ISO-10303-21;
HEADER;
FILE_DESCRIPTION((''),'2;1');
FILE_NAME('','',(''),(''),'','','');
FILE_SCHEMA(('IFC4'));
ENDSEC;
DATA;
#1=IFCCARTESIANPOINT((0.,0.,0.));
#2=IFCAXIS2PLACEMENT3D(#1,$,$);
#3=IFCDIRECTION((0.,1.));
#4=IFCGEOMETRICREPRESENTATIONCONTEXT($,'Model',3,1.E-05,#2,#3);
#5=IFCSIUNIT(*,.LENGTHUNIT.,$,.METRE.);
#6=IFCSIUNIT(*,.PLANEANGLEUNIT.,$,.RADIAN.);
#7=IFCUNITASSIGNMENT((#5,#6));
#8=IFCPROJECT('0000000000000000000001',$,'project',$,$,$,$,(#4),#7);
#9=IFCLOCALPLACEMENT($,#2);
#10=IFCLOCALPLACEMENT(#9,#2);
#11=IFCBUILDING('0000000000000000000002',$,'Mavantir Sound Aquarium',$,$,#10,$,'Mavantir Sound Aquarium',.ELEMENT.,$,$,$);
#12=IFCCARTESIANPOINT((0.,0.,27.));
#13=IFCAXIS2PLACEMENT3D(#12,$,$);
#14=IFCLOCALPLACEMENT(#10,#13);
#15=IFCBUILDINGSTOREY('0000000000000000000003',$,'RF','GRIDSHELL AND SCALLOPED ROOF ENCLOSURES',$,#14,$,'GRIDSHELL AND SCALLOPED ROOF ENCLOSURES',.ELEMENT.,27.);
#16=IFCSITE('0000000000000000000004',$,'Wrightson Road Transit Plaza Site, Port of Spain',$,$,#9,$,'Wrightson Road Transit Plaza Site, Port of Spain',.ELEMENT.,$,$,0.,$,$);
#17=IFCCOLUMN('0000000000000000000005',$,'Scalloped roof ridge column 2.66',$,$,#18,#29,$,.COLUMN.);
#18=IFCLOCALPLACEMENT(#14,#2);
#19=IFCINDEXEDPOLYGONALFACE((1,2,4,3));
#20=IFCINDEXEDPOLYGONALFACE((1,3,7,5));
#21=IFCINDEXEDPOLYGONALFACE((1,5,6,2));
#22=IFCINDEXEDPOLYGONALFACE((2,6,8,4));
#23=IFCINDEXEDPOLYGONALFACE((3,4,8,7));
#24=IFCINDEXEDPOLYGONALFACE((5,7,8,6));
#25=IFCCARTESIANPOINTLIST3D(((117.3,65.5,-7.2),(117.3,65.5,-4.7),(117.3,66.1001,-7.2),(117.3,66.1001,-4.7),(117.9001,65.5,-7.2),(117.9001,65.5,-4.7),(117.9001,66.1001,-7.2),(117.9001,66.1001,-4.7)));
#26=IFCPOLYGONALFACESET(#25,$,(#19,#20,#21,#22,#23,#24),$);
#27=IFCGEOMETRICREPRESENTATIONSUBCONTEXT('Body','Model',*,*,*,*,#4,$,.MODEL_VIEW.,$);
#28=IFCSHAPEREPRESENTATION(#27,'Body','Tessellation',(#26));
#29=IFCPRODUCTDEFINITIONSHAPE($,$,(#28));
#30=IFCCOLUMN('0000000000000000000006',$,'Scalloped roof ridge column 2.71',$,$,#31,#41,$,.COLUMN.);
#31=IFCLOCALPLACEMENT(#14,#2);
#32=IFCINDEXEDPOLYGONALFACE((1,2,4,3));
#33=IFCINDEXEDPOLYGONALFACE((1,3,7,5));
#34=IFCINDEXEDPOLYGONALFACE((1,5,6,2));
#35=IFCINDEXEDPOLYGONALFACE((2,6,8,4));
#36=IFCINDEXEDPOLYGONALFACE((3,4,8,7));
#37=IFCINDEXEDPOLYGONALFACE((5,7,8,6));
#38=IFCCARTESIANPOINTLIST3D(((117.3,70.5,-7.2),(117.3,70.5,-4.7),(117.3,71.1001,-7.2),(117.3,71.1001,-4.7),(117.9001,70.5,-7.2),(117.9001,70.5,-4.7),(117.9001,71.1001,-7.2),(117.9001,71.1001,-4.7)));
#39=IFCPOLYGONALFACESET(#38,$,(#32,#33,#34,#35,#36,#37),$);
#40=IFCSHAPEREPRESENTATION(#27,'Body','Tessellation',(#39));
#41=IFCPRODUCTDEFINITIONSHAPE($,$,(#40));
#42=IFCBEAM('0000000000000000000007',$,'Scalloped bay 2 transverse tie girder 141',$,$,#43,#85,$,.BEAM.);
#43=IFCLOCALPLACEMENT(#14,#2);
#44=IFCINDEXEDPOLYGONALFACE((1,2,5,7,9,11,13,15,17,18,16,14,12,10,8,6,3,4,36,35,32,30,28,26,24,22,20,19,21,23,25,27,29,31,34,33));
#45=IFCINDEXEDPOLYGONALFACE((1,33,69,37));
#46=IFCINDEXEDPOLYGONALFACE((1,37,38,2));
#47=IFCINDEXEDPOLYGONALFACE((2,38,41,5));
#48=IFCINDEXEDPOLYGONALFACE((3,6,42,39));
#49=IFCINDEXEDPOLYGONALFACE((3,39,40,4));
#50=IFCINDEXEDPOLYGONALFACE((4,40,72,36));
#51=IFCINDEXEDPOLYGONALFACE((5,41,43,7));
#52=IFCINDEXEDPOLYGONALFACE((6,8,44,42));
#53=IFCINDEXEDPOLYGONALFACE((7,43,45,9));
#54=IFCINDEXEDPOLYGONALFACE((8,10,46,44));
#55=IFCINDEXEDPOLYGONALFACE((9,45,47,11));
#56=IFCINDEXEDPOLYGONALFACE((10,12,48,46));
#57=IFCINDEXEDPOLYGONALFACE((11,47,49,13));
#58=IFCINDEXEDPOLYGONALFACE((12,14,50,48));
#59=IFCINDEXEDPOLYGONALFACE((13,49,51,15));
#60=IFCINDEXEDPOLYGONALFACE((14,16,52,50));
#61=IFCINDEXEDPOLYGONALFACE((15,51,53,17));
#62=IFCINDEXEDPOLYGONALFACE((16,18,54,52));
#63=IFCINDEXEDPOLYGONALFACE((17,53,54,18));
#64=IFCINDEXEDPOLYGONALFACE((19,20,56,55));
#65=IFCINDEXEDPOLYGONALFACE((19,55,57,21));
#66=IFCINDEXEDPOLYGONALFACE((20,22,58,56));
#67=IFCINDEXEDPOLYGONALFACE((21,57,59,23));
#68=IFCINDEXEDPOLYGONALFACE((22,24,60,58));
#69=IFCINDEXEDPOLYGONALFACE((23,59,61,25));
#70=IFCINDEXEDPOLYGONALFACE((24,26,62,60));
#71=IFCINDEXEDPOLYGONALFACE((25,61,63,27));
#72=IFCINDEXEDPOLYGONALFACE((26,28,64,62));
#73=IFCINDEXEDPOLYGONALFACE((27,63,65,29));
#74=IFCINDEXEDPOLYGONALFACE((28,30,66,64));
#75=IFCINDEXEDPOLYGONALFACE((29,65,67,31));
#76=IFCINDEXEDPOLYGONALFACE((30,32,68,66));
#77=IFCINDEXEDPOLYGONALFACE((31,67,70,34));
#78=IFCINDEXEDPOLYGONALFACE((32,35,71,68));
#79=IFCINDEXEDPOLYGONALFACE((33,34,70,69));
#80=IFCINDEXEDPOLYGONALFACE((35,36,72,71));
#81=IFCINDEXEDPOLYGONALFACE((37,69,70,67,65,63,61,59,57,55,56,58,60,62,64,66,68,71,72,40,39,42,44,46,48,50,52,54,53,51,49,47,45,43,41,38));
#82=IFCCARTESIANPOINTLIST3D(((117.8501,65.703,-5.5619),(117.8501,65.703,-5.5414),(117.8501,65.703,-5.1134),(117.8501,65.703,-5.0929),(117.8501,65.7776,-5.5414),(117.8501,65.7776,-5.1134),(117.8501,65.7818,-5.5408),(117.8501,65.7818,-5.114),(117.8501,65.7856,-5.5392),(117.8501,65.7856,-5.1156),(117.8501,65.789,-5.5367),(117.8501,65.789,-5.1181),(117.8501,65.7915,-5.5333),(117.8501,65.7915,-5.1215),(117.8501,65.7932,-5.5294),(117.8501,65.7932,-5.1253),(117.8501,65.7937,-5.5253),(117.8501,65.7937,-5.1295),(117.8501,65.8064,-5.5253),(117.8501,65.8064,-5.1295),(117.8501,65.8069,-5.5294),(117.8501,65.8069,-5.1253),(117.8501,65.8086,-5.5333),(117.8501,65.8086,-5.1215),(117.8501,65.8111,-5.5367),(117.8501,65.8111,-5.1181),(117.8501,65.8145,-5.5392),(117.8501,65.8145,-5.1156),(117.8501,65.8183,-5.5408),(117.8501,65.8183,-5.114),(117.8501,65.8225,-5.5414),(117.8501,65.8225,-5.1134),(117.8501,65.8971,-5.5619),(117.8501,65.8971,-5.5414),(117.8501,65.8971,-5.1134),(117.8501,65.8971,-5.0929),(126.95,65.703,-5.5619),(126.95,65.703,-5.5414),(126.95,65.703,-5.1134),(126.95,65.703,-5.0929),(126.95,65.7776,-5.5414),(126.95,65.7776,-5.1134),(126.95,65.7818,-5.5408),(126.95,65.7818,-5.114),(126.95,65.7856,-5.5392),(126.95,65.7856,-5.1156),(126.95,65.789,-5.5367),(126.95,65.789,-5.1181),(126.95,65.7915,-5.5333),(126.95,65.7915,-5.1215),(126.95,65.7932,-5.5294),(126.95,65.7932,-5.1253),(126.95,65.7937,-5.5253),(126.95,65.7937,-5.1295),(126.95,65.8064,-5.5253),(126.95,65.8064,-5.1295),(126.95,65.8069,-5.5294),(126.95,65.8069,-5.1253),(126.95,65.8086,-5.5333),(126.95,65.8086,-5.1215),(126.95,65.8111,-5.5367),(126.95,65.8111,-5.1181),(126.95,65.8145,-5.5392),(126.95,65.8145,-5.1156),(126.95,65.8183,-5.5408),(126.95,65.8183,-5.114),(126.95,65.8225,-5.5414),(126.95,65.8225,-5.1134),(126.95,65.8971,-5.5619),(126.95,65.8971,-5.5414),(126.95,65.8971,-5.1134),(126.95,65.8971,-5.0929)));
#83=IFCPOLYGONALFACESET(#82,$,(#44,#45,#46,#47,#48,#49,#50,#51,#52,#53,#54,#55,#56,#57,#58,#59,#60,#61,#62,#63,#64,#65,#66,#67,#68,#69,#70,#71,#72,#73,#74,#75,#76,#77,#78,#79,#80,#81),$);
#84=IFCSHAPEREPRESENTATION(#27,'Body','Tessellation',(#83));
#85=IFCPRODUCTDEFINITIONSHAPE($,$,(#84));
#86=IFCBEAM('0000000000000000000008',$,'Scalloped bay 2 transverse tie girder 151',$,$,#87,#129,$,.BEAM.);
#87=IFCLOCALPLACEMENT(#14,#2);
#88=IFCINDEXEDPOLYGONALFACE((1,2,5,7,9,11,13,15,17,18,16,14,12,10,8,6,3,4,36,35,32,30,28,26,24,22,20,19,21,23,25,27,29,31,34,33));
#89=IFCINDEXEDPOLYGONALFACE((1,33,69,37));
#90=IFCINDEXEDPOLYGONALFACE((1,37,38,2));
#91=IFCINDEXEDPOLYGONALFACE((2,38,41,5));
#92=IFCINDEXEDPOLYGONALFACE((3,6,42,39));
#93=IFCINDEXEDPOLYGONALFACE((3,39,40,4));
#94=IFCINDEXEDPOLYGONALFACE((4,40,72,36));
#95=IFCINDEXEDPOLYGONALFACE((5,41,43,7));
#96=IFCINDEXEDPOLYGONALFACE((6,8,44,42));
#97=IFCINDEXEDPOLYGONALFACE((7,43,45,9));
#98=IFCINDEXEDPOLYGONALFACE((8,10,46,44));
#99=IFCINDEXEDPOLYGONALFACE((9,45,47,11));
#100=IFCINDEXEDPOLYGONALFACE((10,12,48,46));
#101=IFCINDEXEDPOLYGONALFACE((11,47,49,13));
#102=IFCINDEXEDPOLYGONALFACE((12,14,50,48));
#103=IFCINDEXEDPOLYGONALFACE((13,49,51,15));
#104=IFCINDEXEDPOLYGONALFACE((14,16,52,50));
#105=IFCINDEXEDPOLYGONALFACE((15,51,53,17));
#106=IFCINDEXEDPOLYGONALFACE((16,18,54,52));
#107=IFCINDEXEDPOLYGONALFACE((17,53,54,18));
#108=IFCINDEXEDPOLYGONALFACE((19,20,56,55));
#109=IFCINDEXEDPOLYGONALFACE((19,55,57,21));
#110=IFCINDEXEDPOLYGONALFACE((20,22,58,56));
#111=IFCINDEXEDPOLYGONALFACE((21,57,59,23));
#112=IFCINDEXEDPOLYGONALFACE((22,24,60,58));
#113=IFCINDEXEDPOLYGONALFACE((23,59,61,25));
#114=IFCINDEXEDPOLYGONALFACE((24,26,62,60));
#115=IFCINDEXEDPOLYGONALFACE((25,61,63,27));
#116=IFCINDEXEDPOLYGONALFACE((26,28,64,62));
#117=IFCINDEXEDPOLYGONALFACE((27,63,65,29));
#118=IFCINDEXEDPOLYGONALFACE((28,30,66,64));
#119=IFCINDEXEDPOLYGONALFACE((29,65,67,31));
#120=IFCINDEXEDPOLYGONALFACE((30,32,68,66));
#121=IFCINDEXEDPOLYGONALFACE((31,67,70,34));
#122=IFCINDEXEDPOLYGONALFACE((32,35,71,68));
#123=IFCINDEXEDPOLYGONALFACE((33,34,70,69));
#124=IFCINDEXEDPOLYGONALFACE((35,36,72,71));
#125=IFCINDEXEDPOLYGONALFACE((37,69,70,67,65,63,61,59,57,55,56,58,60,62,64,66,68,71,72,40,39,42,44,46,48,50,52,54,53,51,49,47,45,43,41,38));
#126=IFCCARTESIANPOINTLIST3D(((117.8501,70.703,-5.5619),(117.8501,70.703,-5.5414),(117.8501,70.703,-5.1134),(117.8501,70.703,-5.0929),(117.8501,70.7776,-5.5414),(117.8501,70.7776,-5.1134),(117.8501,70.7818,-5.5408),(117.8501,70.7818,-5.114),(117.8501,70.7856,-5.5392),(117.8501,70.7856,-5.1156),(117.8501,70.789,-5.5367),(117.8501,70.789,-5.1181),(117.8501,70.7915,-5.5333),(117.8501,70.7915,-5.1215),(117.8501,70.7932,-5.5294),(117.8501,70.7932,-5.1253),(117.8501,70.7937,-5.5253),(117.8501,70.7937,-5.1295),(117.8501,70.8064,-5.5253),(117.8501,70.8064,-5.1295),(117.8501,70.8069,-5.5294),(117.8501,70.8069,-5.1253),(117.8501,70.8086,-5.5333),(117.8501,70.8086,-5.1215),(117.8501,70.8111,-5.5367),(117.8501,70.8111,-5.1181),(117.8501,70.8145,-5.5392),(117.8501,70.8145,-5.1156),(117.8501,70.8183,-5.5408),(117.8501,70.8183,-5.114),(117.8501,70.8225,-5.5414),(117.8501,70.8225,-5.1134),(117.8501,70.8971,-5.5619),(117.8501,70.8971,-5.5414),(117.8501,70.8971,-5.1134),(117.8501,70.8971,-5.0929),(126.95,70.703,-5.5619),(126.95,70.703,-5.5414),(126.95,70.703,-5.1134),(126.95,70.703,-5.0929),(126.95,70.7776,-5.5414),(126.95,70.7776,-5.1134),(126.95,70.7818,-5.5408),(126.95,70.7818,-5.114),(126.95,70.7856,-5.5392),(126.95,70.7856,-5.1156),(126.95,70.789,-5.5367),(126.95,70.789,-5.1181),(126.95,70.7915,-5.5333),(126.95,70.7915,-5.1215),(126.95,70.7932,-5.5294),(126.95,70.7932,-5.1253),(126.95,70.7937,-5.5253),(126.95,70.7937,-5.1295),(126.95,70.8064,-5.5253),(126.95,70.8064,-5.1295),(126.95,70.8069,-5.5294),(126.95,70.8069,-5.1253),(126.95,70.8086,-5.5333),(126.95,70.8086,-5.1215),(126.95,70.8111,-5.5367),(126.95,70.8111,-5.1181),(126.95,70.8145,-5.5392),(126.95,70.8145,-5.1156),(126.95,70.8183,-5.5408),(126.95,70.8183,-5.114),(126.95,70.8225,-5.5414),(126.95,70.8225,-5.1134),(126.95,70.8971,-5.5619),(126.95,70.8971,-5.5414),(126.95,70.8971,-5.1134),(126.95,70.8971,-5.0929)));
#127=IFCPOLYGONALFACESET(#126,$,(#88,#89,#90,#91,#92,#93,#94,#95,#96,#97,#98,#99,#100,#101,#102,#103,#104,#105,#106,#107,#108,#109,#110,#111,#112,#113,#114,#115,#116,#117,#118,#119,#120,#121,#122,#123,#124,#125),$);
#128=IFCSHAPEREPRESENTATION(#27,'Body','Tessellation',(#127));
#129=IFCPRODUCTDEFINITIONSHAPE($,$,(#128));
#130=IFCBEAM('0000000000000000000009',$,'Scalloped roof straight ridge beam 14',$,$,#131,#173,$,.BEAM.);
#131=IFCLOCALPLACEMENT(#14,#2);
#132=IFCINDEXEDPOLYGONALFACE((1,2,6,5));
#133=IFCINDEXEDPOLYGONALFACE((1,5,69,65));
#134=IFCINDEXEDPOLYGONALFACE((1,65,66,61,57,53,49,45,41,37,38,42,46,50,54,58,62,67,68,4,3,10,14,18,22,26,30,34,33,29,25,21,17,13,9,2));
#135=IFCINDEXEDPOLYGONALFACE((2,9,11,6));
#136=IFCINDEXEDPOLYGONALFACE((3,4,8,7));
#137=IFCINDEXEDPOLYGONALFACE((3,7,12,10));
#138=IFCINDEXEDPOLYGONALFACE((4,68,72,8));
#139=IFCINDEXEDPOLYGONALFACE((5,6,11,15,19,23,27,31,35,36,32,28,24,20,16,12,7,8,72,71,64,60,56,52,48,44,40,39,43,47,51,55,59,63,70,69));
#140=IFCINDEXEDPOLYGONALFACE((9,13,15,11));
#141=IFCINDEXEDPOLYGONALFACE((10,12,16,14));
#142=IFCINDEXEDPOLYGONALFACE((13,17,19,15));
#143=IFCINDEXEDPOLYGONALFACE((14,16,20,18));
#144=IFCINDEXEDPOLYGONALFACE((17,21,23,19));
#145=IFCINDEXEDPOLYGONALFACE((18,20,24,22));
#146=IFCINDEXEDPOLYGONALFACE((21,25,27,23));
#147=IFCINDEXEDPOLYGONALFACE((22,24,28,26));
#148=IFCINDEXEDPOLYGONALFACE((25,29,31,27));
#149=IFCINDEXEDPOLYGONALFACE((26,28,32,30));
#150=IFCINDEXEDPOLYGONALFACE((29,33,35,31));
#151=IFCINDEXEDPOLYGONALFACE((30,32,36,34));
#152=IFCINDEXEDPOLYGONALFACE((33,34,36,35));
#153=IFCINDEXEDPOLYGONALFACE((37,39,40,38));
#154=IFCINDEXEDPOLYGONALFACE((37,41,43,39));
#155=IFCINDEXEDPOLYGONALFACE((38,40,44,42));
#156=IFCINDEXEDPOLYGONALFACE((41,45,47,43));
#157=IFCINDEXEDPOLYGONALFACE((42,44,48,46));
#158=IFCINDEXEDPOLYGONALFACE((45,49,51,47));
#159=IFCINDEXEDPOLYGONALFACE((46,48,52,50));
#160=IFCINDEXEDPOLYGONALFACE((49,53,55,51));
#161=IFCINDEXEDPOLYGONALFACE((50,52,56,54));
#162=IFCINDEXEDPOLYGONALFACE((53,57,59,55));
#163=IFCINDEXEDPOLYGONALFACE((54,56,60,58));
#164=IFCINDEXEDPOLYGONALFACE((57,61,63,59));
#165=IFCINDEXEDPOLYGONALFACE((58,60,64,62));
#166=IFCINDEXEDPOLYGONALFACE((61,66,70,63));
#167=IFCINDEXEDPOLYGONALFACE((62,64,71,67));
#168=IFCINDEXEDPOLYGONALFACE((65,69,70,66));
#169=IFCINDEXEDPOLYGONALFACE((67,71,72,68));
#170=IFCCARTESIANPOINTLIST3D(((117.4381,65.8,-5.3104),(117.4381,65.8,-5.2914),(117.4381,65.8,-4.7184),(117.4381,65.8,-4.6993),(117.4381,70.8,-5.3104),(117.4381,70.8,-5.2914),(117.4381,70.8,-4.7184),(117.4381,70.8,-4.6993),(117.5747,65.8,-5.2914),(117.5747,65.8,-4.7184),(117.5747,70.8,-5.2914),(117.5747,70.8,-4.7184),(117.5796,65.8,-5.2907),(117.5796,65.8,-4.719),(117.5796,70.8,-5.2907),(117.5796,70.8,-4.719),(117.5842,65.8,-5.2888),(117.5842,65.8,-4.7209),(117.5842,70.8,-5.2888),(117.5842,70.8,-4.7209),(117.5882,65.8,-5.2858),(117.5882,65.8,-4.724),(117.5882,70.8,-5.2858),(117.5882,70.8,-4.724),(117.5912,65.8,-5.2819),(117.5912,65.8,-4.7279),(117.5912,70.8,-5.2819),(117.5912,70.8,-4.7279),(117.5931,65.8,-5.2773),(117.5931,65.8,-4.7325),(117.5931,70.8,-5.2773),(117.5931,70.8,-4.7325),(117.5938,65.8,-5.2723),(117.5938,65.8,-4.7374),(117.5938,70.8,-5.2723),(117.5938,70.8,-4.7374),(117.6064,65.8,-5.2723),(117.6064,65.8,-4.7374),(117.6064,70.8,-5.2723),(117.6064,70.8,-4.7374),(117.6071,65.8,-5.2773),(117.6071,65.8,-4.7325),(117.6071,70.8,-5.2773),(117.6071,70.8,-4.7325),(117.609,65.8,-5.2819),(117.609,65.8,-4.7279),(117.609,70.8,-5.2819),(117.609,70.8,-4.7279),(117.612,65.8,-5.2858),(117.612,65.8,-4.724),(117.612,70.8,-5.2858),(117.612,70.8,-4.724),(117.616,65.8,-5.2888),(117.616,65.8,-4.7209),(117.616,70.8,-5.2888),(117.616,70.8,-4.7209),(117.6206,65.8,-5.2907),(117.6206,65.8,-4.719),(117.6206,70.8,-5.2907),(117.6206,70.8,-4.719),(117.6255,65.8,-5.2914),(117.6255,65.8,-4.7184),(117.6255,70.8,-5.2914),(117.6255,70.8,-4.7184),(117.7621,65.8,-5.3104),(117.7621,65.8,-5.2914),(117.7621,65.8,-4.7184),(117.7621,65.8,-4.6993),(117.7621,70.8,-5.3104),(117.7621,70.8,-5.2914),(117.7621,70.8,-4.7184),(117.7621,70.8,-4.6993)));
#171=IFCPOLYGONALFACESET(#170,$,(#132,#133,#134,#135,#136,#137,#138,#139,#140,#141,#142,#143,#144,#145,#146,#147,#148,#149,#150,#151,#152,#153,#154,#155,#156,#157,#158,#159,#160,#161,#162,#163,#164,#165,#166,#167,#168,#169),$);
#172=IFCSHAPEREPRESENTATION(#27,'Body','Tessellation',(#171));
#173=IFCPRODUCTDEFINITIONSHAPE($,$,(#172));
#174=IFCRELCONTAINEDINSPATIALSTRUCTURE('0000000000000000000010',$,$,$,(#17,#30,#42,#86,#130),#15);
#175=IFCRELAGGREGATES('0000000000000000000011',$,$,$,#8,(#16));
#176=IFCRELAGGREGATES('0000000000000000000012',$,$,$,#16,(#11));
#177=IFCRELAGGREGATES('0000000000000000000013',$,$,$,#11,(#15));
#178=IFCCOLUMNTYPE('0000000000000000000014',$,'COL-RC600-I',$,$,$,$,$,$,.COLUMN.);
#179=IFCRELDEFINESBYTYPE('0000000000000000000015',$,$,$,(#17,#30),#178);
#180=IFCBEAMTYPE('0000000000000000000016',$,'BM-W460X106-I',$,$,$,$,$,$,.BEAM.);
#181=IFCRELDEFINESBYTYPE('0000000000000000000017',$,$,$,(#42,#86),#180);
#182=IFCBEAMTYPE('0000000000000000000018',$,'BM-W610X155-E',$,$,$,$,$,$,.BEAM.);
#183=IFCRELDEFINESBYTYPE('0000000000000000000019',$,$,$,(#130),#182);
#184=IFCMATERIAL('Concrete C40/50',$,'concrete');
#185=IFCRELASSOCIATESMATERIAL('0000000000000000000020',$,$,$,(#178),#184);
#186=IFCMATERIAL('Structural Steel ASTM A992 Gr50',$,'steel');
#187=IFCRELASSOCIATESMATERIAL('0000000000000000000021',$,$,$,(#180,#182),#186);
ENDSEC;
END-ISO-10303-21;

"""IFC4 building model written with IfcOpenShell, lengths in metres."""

from ifc_helpers import new_model, si_unit, direction, frame, origin, origin_2d, place, context, subcontext, project, spatial, rectangle, i_section, extrude, material, material_profile, profile_set, type_object, element, save


model = new_model("IFC4")

# Units and contexts
model_context = context("Model", 3, precision=1e-05, world=origin(), true_north=direction((0.0, 1.0)))
body_context = subcontext(model_context, "Body", "Model", "MODEL_VIEW")
ifc_project = project(units=[si_unit("LENGTHUNIT", "METRE"), si_unit("PLANEANGLEUNIT", "RADIAN")], contexts=[model_context])

# Site, building, storey
site_placement = place(None, origin())
site = spatial("IfcSite", under=ifc_project, at=site_placement, Name="Wrightson Road Transit Plaza Site, Port of Spain", LongName="Wrightson Road Transit Plaza Site, Port of Spain", CompositionType="ELEMENT", RefElevation=0.0)
building_placement = place(site_placement, origin())
building = spatial("IfcBuilding", under=site, at=building_placement, Name="Mavantir Sound Aquarium", LongName="Mavantir Sound Aquarium", CompositionType="ELEMENT")
storey_placement = place(building_placement, frame((0.0, 0.0, 27.0)))
storey = spatial("IfcBuildingStorey", under=building, at=storey_placement, Name="RF", Description="GRIDSHELL AND SCALLOPED ROOF ENCLOSURES", LongName="GRIDSHELL AND SCALLOPED ROOF ENCLOSURES", CompositionType="ELEMENT", Elevation=27.0)

# Columns
ifc_material_1 = material(Name="Concrete C40/50", Category="concrete")
ifc_material_profile_1 = material_profile(ifc_material_1, rectangle(XDim=0.6001, YDim=0.6001, at=origin_2d()), Name="RC 600X600")
ifc_profile_set_1 = profile_set([ifc_material_profile_1], Name="Concrete C40/50")
column_type = type_object("IfcColumnType", Name="COL-RC600-I", PredefinedType="COLUMN", material=ifc_profile_set_1)
for number, where, z_axis, x_axis, name in (
    (1, (117.6001, 65.8, -7.2), (0.0, 0.0, 1.0), (1.0, 0.0, 0.0), "Scalloped roof ridge column 2.66"),
    (2, (117.6001, 70.8, -7.2), (0.0, 0.0, 1.0), (1.0, 0.0, 0.0), "Scalloped roof ridge column 2.71"),
):
    element("IfcColumn", number, at=place(storey_placement, frame(where, z_axis=z_axis, x_axis=x_axis)), inside=storey, type_object=column_type, Name=name, PredefinedType="COLUMN", context=body_context, shape_type="SweptSolid", body=[
        extrude(rectangle(XDim=0.6001, YDim=0.6001, at=origin_2d()), origin(), (0.0, 0.0, 1.0), 2.5),
    ])

# Beams
ifc_material_2 = material(Name="Structural Steel ASTM A992 Gr50", Category="steel")
ifc_material_profile_2 = material_profile(ifc_material_2, i_section(OverallWidth=0.1941, OverallDepth=0.469, WebThickness=0.0127, FlangeThickness=0.0205, FilletRadius=0.0161, at=origin_2d()), Name="W460X106")
ifc_profile_set_2 = profile_set([ifc_material_profile_2], Name="Structural Steel ASTM A992 Gr50")
beam_type_1 = type_object("IfcBeamType", Name="BM-W460X106-I", PredefinedType="BEAM", material=ifc_profile_set_2)
for number, where, z_axis, x_axis, name in (
    (3, (117.8501, 65.8, -5.3274), (1.0, 0.0, 0.0), (0.0, 1.0, 0.0), "Scalloped bay 2 transverse tie girder 141"),
    (4, (117.8501, 70.8, -5.3274), (1.0, 0.0, 0.0), (0.0, 1.0, 0.0), "Scalloped bay 2 transverse tie girder 151"),
):
    element("IfcBeam", number, at=place(storey_placement, frame(where, z_axis=z_axis, x_axis=x_axis)), inside=storey, type_object=beam_type_1, Name=name, PredefinedType="BEAM", context=body_context, shape_type="SweptSolid", body=[
        extrude(i_section(OverallWidth=0.1941, OverallDepth=0.469, WebThickness=0.0127, FlangeThickness=0.0205, FilletRadius=0.0161, at=origin_2d()), origin(), (0.0, 0.0, 1.0), 9.0999),
    ])
ifc_material_profile_3 = material_profile(ifc_material_2, i_section(OverallWidth=0.324, OverallDepth=0.6111, WebThickness=0.0127, FlangeThickness=0.019, FilletRadius=0.019, at=origin_2d()), Name="W610X155")
ifc_profile_set_3 = profile_set([ifc_material_profile_3], Name="Structural Steel ASTM A992 Gr50")
beam_type_2 = type_object("IfcBeamType", Name="BM-W610X155-E", PredefinedType="BEAM", material=ifc_profile_set_3)
for number, where, z_axis, x_axis, name in (
    (5, (117.6001, 65.8, -5.0049), (0.0, 1.0, 0.0), (-1.0, 0.0, 0.0), "Scalloped roof straight ridge beam 14"),
):
    element("IfcBeam", number, at=place(storey_placement, frame(where, z_axis=z_axis, x_axis=x_axis)), inside=storey, type_object=beam_type_2, Name=name, PredefinedType="BEAM", context=body_context, shape_type="SweptSolid", body=[
        extrude(i_section(OverallWidth=0.324, OverallDepth=0.6111, WebThickness=0.0127, FlangeThickness=0.019, FilletRadius=0.019, at=origin_2d()), origin(), (0.0, 0.0, 1.0), 5.0),
    ])

save(model, "model.ifc")
